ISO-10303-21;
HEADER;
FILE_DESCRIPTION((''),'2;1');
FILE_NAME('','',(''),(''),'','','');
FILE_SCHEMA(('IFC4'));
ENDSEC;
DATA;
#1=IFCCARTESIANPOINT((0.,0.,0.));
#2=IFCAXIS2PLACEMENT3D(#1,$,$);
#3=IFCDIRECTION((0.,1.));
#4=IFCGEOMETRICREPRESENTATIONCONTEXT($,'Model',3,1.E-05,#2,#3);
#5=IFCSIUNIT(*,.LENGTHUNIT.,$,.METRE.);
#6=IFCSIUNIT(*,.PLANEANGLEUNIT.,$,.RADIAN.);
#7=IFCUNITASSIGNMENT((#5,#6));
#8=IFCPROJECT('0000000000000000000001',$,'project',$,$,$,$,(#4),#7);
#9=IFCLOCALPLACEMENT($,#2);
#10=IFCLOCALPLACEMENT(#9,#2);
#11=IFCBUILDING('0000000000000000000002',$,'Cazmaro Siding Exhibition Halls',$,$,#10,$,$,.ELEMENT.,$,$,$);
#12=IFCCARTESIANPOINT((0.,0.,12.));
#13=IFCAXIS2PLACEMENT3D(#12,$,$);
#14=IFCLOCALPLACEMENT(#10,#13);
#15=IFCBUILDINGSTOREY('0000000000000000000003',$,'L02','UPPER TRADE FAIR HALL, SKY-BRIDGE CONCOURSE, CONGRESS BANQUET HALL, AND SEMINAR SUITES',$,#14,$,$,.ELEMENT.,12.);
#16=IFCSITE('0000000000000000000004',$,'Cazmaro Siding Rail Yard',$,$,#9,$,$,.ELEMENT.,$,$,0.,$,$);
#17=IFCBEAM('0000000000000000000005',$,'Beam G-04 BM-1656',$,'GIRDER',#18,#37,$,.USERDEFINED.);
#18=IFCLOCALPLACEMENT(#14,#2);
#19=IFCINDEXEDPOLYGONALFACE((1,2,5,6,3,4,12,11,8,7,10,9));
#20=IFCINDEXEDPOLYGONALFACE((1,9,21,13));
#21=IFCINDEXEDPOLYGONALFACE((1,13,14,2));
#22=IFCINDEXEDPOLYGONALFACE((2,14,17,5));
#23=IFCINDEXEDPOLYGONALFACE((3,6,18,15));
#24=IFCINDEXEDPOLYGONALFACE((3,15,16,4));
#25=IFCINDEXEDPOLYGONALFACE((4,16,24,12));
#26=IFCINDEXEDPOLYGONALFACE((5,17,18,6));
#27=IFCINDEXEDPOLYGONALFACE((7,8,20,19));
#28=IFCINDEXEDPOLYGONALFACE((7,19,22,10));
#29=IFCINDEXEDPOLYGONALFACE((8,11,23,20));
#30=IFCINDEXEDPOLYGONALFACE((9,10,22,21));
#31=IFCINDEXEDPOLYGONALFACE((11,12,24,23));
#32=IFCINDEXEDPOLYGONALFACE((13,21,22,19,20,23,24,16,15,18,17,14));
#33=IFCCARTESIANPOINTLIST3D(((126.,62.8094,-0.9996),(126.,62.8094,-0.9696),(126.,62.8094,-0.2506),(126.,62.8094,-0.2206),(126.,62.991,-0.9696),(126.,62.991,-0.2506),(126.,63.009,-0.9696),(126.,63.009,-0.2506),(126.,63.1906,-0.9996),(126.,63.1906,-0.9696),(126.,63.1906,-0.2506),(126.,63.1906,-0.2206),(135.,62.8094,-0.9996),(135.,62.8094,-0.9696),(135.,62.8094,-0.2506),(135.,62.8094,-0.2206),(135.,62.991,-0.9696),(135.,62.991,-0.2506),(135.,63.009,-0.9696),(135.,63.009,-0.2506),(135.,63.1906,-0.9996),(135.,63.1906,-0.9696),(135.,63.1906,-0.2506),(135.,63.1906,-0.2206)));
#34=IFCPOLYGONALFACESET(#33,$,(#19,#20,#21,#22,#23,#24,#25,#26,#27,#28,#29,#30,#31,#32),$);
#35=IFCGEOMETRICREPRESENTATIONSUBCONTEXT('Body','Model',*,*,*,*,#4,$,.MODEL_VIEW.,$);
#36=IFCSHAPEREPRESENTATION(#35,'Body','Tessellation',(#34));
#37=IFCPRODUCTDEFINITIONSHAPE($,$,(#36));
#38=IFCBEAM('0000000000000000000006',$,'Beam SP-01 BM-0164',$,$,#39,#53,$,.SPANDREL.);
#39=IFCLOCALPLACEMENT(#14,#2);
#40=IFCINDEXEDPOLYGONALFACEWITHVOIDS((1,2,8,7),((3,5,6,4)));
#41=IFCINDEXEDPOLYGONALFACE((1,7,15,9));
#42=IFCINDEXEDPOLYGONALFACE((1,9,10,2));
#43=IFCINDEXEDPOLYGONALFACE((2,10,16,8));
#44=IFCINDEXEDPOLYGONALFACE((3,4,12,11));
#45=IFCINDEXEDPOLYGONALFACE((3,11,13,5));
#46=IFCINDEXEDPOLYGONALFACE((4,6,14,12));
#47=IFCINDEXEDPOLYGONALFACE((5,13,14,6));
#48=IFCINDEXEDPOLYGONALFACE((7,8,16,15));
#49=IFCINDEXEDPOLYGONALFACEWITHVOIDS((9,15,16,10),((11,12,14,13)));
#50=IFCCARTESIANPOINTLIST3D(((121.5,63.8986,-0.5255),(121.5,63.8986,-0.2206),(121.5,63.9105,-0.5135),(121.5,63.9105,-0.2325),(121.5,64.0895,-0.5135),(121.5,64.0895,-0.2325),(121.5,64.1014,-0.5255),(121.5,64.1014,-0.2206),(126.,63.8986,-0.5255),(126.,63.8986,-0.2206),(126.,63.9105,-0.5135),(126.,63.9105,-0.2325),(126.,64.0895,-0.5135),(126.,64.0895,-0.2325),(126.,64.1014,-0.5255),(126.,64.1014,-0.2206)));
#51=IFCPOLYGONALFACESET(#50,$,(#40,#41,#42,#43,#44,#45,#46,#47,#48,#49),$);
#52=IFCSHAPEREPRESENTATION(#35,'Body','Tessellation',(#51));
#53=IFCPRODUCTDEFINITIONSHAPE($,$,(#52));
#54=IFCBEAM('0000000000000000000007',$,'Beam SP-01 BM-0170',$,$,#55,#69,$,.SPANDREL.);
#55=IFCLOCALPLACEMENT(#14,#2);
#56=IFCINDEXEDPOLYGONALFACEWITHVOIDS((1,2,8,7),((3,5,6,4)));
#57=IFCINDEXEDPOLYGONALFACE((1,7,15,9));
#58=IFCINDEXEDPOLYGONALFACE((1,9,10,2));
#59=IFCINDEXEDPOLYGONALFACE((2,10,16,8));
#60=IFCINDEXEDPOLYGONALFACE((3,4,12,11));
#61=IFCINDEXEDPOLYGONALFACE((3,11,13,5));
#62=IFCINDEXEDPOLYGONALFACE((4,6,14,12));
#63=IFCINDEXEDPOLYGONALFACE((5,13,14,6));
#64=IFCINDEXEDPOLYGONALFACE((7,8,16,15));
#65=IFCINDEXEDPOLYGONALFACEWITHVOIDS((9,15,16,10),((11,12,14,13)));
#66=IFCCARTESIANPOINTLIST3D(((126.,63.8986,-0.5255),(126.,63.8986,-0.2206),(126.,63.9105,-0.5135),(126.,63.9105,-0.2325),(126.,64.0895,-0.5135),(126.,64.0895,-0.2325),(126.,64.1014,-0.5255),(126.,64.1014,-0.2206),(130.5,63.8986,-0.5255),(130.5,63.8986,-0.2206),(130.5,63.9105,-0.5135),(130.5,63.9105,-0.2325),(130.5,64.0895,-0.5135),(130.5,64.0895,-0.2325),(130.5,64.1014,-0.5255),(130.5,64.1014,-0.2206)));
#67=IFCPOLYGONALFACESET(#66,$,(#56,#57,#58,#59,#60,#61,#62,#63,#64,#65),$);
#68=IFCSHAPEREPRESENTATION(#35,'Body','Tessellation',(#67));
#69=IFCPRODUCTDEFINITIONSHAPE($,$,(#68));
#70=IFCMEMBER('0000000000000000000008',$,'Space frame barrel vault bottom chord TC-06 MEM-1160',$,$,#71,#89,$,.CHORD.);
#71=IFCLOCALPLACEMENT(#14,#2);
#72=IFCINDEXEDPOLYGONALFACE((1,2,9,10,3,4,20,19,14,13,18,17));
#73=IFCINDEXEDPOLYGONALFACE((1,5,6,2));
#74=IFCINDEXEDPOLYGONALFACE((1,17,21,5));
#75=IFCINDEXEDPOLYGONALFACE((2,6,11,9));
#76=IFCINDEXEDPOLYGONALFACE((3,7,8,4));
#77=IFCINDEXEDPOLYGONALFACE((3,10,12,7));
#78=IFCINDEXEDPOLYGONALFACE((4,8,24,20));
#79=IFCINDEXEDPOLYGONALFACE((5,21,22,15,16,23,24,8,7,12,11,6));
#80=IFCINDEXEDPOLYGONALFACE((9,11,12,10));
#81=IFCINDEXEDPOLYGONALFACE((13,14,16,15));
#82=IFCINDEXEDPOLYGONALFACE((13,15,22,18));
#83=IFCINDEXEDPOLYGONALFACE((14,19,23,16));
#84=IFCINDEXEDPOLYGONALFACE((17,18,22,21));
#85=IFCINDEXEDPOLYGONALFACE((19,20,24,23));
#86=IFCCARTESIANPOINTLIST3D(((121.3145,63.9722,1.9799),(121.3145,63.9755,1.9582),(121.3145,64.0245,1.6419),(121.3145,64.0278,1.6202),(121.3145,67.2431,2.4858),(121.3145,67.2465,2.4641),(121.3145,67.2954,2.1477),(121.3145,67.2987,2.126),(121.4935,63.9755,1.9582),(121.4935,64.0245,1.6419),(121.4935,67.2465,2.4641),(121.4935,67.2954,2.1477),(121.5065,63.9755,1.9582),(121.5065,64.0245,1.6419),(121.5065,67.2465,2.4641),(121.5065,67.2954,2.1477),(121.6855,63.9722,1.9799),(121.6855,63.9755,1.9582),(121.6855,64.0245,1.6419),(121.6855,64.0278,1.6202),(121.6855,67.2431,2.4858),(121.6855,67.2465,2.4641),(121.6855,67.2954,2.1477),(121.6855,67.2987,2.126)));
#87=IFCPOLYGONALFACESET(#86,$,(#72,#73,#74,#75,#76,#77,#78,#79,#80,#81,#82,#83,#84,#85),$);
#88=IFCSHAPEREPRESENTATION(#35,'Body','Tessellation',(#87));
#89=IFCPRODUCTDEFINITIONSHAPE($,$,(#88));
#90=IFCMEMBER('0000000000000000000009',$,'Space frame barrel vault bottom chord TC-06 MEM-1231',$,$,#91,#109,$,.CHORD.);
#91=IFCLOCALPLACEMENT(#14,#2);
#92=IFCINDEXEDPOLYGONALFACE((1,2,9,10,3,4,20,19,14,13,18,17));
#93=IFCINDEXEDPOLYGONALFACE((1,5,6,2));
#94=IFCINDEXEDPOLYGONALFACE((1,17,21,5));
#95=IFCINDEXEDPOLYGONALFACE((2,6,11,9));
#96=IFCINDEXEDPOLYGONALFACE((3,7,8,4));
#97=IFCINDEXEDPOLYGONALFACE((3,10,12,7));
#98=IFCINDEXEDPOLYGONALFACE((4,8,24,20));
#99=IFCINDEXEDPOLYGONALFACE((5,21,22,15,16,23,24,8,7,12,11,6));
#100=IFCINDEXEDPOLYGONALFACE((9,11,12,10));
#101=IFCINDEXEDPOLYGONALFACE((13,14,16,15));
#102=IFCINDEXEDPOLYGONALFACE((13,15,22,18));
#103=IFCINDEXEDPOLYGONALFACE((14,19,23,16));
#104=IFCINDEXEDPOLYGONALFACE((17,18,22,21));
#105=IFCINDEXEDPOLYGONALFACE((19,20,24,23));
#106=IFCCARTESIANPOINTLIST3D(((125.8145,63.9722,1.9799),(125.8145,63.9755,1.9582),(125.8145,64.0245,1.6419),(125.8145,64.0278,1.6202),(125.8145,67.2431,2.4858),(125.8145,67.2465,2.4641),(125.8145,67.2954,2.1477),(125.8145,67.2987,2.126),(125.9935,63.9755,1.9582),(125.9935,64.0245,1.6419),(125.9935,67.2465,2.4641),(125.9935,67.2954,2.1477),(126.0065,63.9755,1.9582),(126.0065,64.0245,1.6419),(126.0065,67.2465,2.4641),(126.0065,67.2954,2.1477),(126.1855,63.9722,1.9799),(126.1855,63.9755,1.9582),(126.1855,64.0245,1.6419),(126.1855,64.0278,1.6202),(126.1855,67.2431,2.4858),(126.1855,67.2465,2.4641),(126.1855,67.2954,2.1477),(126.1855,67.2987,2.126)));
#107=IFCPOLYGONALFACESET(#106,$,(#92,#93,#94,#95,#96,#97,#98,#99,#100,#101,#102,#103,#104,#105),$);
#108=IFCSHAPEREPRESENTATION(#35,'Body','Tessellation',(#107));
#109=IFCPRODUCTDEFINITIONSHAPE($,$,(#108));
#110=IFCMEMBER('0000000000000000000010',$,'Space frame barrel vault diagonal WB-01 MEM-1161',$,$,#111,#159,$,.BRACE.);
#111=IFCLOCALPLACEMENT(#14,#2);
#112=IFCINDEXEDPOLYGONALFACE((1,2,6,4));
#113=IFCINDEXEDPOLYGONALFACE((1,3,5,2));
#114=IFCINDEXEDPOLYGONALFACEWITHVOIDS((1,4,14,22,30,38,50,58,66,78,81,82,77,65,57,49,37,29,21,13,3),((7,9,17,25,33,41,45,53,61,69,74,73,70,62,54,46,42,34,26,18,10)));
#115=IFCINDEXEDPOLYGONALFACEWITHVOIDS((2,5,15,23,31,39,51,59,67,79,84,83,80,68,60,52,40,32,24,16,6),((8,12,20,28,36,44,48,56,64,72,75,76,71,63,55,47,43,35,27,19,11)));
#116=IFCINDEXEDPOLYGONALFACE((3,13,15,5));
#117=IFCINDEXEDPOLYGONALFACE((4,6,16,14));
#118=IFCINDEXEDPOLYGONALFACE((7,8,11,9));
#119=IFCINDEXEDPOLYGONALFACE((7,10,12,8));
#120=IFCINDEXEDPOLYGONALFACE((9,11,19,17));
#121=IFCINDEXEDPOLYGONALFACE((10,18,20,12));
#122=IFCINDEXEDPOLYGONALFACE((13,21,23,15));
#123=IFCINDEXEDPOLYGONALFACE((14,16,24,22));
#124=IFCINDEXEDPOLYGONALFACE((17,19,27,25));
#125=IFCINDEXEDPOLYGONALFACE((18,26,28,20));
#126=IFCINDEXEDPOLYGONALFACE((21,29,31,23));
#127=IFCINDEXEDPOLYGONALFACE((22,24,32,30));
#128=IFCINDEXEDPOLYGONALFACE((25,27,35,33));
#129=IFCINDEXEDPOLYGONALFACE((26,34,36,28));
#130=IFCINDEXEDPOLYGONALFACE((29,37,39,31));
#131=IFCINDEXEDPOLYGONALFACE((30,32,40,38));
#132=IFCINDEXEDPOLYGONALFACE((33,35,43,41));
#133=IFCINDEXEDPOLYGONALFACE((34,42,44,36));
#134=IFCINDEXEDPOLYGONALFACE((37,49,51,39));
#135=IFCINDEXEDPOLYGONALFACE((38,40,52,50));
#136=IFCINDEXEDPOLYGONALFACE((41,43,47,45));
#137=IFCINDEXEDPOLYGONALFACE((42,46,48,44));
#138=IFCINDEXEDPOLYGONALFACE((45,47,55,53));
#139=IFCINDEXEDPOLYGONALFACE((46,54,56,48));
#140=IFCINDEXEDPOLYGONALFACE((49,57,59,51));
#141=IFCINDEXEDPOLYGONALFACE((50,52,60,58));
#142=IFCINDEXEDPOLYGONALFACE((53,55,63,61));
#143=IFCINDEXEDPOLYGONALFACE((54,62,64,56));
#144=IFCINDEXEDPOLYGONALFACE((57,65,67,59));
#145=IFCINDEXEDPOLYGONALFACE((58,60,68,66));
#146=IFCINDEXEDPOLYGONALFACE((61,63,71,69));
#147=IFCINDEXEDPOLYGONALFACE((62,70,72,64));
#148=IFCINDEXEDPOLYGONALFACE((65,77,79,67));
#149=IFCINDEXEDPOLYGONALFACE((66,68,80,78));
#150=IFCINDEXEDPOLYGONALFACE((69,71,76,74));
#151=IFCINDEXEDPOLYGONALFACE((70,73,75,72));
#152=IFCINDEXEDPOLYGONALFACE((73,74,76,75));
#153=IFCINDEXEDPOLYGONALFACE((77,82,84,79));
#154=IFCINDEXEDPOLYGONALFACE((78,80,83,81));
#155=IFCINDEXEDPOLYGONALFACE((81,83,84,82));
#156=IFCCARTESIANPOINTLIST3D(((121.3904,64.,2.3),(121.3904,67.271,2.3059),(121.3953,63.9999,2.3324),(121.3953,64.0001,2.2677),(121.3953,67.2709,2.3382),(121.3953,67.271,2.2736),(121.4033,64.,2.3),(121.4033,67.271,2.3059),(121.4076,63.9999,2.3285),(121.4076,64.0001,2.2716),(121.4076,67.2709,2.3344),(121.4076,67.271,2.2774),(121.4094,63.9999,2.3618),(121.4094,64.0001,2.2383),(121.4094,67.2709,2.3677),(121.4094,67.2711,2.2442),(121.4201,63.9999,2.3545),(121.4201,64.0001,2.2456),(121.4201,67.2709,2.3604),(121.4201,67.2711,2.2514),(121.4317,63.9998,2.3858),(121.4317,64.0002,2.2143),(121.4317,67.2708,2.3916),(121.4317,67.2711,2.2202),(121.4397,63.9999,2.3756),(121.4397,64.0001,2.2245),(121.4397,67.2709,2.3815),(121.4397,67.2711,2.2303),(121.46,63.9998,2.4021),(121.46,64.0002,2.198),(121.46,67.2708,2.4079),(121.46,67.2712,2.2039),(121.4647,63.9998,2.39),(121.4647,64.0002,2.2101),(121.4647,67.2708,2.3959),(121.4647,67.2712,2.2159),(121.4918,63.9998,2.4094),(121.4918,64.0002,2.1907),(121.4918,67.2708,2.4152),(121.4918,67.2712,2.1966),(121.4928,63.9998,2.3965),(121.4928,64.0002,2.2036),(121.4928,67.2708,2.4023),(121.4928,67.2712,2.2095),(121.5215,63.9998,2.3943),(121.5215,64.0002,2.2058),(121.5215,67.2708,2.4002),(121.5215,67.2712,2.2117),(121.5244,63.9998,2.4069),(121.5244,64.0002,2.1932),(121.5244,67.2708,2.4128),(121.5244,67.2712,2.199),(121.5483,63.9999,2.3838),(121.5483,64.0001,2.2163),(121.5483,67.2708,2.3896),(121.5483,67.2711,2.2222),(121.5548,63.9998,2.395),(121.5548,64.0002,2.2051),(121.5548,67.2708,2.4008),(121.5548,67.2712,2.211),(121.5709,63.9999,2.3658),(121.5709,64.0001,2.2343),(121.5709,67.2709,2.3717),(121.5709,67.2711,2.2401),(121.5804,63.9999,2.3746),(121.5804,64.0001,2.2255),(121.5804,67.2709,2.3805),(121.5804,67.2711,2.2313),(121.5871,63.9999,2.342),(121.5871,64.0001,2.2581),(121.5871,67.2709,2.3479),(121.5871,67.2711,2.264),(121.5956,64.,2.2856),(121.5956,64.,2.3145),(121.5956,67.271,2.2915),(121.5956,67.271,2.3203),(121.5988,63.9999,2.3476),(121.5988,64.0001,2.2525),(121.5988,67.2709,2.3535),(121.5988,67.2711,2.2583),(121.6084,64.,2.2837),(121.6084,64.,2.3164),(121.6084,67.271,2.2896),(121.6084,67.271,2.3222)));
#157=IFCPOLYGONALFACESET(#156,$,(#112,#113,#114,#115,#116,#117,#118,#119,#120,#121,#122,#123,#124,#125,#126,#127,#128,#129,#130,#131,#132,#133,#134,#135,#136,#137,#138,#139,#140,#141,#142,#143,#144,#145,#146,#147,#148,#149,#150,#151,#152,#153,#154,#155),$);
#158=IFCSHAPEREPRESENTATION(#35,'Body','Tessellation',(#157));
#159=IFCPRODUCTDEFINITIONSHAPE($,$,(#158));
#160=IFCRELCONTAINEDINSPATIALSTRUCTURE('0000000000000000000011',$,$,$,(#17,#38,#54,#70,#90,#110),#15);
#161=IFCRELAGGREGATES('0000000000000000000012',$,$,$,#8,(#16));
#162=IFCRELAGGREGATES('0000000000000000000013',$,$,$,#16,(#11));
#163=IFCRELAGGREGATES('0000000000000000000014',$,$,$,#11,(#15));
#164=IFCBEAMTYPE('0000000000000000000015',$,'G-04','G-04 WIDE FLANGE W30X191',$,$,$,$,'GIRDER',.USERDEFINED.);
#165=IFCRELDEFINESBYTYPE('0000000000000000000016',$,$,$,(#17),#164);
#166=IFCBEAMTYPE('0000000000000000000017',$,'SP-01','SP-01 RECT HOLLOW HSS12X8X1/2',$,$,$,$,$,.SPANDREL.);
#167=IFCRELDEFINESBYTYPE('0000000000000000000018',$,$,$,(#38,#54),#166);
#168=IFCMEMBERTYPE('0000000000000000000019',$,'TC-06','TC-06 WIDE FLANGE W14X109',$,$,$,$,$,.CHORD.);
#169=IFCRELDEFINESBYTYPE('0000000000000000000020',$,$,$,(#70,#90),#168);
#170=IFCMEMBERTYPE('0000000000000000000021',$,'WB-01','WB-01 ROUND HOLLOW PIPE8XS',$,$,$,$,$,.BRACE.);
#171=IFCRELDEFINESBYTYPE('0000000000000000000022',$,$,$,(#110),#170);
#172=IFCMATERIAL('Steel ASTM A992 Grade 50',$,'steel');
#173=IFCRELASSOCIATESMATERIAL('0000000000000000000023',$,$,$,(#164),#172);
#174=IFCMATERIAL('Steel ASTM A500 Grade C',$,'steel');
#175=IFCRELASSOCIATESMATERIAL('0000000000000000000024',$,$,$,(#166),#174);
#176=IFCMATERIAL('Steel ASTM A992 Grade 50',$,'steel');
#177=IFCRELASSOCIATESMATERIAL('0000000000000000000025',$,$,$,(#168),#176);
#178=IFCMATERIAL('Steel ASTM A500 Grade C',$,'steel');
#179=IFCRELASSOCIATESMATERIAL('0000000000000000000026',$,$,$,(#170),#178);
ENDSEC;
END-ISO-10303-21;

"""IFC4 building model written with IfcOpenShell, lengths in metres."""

from ifc_helpers import new_model, si_unit, direction, frame, origin, origin_2d, place, context, subcontext, project, spatial, hollow_rectangle, hollow_circle, i_section, extrude, material, material_profile, profile_set, type_object, element, save


model = new_model("IFC4")

# Units and contexts
model_context = context("Model", 3, precision=1e-05, world=origin(), true_north=direction((0.0, 1.0)))
body_context = subcontext(model_context, "Body", "Model", "MODEL_VIEW")
ifc_project = project(units=[si_unit("LENGTHUNIT", "METRE"), si_unit("PLANEANGLEUNIT", "RADIAN")], contexts=[model_context])

# Site, building, storey
site_placement = place(None, origin())
site = spatial("IfcSite", under=ifc_project, at=site_placement, Name="Cazmaro Siding Rail Yard", CompositionType="ELEMENT", RefElevation=0.0)
building_placement = place(site_placement, origin())
building = spatial("IfcBuilding", under=site, at=building_placement, Name="Cazmaro Siding Exhibition Halls", CompositionType="ELEMENT")
storey_placement = place(building_placement, frame((0.0, 0.0, 12.0)))
storey = spatial("IfcBuildingStorey", under=building, at=storey_placement, Name="L02", Description="UPPER TRADE FAIR HALL, SKY-BRIDGE CONCOURSE, CONGRESS BANQUET HALL, AND SEMINAR SUITES", CompositionType="ELEMENT", Elevation=12.0)

# Beams
ifc_material_1 = material(Name="Steel ASTM A992 Grade 50", Category="steel")
ifc_material_profile_1 = material_profile(ifc_material_1, i_section(OverallWidth=0.3811, OverallDepth=0.7791, WebThickness=0.0181, FlangeThickness=0.03, at=origin_2d()), Name="W30X191")
ifc_profile_set_1 = profile_set([ifc_material_profile_1], Name="Steel ASTM A992 Grade 50")
beam_type_1 = type_object("IfcBeamType", Name="G-04", Description="G-04 WIDE FLANGE W30X191", ElementType="GIRDER", PredefinedType="USERDEFINED", material=ifc_profile_set_1)
beam_1_placement = place(storey_placement, frame((126.0, 63.0, -0.6101), z_axis=(1.0, 0.0, 0.0), x_axis=(0.0, 1.0, 0.0)))
element("IfcBeam", 1, at=beam_1_placement, inside=storey, type_object=beam_type_1, Name="Beam G-04 BM-1656", ObjectType="GIRDER", PredefinedType="USERDEFINED", context=body_context, shape_type="SweptSolid", body=[
    extrude(i_section(OverallWidth=0.3811, OverallDepth=0.7791, WebThickness=0.0181, FlangeThickness=0.03, at=origin_2d()), origin(), (0.0, 0.0, 1.0), 9.0),
])
ifc_material_2 = material(Name="Steel ASTM A500 Grade C", Category="steel")
ifc_material_profile_2 = material_profile(ifc_material_2, hollow_rectangle(XDim=0.2029, YDim=0.3049, WallThickness=0.012, at=origin_2d()), Name="HSS12X8X1/2")
ifc_profile_set_2 = profile_set([ifc_material_profile_2], Name="Steel ASTM A500 Grade C")
beam_type_2 = type_object("IfcBeamType", Name="SP-01", Description="SP-01 RECT HOLLOW HSS12X8X1/2", PredefinedType="SPANDREL", material=ifc_profile_set_2)
for number, where, z_axis, x_axis, name in (
    (2, (121.5, 64.0, -0.373), (1.0, 0.0, 0.0), (0.0, 1.0, 0.0), "Beam SP-01 BM-0164"),
    (3, (126.0, 64.0, -0.373), (1.0, 0.0, 0.0), (0.0, 1.0, 0.0), "Beam SP-01 BM-0170"),
):
    element("IfcBeam", number, at=place(storey_placement, frame(where, z_axis=z_axis, x_axis=x_axis)), inside=storey, type_object=beam_type_2, Name=name, PredefinedType="SPANDREL", context=body_context, shape_type="SweptSolid", body=[
        extrude(hollow_rectangle(XDim=0.2029, YDim=0.3049, WallThickness=0.012, at=origin_2d()), origin(), (0.0, 0.0, 1.0), 4.5),
    ])

# Members
ifc_material_3 = material(Name="Steel ASTM A992 Grade 50", Category="steel")
ifc_material_profile_3 = material_profile(ifc_material_3, i_section(OverallWidth=0.3711, OverallDepth=0.364, WebThickness=0.0129, FlangeThickness=0.022, at=origin_2d()), Name="W14X109")
ifc_profile_set_3 = profile_set([ifc_material_profile_3], Name="Steel ASTM A992 Grade 50")
member_type_1 = type_object("IfcMemberType", Name="TC-06", Description="TC-06 WIDE FLANGE W14X109", PredefinedType="CHORD", material=ifc_profile_set_3)
for number, where, z_axis, x_axis, name in (
    (4, (121.5, 64.0, 1.8), (0.0, 0.988252, 0.152833), (-1.0, 0.0, 0.0), "Space frame barrel vault bottom chord TC-06 MEM-1160"),
    (5, (126.0, 64.0, 1.8), (0.0, 0.988252, 0.152833), (-1.0, 0.0, 0.0), "Space frame barrel vault bottom chord TC-06 MEM-1231"),
):
    element("IfcMember", number, at=place(storey_placement, frame(where, z_axis=z_axis, x_axis=x_axis)), inside=storey, type_object=member_type_1, Name=name, PredefinedType="CHORD", context=body_context, shape_type="SweptSolid", body=[
        extrude(i_section(OverallWidth=0.3711, OverallDepth=0.364, WebThickness=0.0129, FlangeThickness=0.022, at=origin_2d()), origin(), (0.0, 0.0, 1.0), 3.3098),
    ])
ifc_material_4 = material(Name="Steel ASTM A500 Grade C", Category="steel")
ifc_material_profile_4 = material_profile(ifc_material_4, hollow_circle(Radius=0.1096, WallThickness=0.0129, at=origin_2d()), Name="PIPE8XS")
ifc_profile_set_4 = profile_set([ifc_material_profile_4], Name="Steel ASTM A500 Grade C")
member_type_2 = type_object("IfcMemberType", Name="WB-01", Description="WB-01 ROUND HOLLOW PIPE8XS", PredefinedType="BRACE", material=ifc_profile_set_4)
for number, where, z_axis, x_axis, name in (
    (6, (121.5, 64.0, 2.3), (0.0, 0.999998, 0.001791), (-1.0, 0.0, 0.0), "Space frame barrel vault diagonal WB-01 MEM-1161"),
):
    element("IfcMember", number, at=place(storey_placement, frame(where, z_axis=z_axis, x_axis=x_axis)), inside=storey, type_object=member_type_2, Name=name, PredefinedType="BRACE", context=body_context, shape_type="SweptSolid", body=[
        extrude(hollow_circle(Radius=0.1096, WallThickness=0.0129, at=origin_2d()), origin(), (0.0, 0.0, 1.0), 3.271),
    ])

save(model, "model.ifc")
